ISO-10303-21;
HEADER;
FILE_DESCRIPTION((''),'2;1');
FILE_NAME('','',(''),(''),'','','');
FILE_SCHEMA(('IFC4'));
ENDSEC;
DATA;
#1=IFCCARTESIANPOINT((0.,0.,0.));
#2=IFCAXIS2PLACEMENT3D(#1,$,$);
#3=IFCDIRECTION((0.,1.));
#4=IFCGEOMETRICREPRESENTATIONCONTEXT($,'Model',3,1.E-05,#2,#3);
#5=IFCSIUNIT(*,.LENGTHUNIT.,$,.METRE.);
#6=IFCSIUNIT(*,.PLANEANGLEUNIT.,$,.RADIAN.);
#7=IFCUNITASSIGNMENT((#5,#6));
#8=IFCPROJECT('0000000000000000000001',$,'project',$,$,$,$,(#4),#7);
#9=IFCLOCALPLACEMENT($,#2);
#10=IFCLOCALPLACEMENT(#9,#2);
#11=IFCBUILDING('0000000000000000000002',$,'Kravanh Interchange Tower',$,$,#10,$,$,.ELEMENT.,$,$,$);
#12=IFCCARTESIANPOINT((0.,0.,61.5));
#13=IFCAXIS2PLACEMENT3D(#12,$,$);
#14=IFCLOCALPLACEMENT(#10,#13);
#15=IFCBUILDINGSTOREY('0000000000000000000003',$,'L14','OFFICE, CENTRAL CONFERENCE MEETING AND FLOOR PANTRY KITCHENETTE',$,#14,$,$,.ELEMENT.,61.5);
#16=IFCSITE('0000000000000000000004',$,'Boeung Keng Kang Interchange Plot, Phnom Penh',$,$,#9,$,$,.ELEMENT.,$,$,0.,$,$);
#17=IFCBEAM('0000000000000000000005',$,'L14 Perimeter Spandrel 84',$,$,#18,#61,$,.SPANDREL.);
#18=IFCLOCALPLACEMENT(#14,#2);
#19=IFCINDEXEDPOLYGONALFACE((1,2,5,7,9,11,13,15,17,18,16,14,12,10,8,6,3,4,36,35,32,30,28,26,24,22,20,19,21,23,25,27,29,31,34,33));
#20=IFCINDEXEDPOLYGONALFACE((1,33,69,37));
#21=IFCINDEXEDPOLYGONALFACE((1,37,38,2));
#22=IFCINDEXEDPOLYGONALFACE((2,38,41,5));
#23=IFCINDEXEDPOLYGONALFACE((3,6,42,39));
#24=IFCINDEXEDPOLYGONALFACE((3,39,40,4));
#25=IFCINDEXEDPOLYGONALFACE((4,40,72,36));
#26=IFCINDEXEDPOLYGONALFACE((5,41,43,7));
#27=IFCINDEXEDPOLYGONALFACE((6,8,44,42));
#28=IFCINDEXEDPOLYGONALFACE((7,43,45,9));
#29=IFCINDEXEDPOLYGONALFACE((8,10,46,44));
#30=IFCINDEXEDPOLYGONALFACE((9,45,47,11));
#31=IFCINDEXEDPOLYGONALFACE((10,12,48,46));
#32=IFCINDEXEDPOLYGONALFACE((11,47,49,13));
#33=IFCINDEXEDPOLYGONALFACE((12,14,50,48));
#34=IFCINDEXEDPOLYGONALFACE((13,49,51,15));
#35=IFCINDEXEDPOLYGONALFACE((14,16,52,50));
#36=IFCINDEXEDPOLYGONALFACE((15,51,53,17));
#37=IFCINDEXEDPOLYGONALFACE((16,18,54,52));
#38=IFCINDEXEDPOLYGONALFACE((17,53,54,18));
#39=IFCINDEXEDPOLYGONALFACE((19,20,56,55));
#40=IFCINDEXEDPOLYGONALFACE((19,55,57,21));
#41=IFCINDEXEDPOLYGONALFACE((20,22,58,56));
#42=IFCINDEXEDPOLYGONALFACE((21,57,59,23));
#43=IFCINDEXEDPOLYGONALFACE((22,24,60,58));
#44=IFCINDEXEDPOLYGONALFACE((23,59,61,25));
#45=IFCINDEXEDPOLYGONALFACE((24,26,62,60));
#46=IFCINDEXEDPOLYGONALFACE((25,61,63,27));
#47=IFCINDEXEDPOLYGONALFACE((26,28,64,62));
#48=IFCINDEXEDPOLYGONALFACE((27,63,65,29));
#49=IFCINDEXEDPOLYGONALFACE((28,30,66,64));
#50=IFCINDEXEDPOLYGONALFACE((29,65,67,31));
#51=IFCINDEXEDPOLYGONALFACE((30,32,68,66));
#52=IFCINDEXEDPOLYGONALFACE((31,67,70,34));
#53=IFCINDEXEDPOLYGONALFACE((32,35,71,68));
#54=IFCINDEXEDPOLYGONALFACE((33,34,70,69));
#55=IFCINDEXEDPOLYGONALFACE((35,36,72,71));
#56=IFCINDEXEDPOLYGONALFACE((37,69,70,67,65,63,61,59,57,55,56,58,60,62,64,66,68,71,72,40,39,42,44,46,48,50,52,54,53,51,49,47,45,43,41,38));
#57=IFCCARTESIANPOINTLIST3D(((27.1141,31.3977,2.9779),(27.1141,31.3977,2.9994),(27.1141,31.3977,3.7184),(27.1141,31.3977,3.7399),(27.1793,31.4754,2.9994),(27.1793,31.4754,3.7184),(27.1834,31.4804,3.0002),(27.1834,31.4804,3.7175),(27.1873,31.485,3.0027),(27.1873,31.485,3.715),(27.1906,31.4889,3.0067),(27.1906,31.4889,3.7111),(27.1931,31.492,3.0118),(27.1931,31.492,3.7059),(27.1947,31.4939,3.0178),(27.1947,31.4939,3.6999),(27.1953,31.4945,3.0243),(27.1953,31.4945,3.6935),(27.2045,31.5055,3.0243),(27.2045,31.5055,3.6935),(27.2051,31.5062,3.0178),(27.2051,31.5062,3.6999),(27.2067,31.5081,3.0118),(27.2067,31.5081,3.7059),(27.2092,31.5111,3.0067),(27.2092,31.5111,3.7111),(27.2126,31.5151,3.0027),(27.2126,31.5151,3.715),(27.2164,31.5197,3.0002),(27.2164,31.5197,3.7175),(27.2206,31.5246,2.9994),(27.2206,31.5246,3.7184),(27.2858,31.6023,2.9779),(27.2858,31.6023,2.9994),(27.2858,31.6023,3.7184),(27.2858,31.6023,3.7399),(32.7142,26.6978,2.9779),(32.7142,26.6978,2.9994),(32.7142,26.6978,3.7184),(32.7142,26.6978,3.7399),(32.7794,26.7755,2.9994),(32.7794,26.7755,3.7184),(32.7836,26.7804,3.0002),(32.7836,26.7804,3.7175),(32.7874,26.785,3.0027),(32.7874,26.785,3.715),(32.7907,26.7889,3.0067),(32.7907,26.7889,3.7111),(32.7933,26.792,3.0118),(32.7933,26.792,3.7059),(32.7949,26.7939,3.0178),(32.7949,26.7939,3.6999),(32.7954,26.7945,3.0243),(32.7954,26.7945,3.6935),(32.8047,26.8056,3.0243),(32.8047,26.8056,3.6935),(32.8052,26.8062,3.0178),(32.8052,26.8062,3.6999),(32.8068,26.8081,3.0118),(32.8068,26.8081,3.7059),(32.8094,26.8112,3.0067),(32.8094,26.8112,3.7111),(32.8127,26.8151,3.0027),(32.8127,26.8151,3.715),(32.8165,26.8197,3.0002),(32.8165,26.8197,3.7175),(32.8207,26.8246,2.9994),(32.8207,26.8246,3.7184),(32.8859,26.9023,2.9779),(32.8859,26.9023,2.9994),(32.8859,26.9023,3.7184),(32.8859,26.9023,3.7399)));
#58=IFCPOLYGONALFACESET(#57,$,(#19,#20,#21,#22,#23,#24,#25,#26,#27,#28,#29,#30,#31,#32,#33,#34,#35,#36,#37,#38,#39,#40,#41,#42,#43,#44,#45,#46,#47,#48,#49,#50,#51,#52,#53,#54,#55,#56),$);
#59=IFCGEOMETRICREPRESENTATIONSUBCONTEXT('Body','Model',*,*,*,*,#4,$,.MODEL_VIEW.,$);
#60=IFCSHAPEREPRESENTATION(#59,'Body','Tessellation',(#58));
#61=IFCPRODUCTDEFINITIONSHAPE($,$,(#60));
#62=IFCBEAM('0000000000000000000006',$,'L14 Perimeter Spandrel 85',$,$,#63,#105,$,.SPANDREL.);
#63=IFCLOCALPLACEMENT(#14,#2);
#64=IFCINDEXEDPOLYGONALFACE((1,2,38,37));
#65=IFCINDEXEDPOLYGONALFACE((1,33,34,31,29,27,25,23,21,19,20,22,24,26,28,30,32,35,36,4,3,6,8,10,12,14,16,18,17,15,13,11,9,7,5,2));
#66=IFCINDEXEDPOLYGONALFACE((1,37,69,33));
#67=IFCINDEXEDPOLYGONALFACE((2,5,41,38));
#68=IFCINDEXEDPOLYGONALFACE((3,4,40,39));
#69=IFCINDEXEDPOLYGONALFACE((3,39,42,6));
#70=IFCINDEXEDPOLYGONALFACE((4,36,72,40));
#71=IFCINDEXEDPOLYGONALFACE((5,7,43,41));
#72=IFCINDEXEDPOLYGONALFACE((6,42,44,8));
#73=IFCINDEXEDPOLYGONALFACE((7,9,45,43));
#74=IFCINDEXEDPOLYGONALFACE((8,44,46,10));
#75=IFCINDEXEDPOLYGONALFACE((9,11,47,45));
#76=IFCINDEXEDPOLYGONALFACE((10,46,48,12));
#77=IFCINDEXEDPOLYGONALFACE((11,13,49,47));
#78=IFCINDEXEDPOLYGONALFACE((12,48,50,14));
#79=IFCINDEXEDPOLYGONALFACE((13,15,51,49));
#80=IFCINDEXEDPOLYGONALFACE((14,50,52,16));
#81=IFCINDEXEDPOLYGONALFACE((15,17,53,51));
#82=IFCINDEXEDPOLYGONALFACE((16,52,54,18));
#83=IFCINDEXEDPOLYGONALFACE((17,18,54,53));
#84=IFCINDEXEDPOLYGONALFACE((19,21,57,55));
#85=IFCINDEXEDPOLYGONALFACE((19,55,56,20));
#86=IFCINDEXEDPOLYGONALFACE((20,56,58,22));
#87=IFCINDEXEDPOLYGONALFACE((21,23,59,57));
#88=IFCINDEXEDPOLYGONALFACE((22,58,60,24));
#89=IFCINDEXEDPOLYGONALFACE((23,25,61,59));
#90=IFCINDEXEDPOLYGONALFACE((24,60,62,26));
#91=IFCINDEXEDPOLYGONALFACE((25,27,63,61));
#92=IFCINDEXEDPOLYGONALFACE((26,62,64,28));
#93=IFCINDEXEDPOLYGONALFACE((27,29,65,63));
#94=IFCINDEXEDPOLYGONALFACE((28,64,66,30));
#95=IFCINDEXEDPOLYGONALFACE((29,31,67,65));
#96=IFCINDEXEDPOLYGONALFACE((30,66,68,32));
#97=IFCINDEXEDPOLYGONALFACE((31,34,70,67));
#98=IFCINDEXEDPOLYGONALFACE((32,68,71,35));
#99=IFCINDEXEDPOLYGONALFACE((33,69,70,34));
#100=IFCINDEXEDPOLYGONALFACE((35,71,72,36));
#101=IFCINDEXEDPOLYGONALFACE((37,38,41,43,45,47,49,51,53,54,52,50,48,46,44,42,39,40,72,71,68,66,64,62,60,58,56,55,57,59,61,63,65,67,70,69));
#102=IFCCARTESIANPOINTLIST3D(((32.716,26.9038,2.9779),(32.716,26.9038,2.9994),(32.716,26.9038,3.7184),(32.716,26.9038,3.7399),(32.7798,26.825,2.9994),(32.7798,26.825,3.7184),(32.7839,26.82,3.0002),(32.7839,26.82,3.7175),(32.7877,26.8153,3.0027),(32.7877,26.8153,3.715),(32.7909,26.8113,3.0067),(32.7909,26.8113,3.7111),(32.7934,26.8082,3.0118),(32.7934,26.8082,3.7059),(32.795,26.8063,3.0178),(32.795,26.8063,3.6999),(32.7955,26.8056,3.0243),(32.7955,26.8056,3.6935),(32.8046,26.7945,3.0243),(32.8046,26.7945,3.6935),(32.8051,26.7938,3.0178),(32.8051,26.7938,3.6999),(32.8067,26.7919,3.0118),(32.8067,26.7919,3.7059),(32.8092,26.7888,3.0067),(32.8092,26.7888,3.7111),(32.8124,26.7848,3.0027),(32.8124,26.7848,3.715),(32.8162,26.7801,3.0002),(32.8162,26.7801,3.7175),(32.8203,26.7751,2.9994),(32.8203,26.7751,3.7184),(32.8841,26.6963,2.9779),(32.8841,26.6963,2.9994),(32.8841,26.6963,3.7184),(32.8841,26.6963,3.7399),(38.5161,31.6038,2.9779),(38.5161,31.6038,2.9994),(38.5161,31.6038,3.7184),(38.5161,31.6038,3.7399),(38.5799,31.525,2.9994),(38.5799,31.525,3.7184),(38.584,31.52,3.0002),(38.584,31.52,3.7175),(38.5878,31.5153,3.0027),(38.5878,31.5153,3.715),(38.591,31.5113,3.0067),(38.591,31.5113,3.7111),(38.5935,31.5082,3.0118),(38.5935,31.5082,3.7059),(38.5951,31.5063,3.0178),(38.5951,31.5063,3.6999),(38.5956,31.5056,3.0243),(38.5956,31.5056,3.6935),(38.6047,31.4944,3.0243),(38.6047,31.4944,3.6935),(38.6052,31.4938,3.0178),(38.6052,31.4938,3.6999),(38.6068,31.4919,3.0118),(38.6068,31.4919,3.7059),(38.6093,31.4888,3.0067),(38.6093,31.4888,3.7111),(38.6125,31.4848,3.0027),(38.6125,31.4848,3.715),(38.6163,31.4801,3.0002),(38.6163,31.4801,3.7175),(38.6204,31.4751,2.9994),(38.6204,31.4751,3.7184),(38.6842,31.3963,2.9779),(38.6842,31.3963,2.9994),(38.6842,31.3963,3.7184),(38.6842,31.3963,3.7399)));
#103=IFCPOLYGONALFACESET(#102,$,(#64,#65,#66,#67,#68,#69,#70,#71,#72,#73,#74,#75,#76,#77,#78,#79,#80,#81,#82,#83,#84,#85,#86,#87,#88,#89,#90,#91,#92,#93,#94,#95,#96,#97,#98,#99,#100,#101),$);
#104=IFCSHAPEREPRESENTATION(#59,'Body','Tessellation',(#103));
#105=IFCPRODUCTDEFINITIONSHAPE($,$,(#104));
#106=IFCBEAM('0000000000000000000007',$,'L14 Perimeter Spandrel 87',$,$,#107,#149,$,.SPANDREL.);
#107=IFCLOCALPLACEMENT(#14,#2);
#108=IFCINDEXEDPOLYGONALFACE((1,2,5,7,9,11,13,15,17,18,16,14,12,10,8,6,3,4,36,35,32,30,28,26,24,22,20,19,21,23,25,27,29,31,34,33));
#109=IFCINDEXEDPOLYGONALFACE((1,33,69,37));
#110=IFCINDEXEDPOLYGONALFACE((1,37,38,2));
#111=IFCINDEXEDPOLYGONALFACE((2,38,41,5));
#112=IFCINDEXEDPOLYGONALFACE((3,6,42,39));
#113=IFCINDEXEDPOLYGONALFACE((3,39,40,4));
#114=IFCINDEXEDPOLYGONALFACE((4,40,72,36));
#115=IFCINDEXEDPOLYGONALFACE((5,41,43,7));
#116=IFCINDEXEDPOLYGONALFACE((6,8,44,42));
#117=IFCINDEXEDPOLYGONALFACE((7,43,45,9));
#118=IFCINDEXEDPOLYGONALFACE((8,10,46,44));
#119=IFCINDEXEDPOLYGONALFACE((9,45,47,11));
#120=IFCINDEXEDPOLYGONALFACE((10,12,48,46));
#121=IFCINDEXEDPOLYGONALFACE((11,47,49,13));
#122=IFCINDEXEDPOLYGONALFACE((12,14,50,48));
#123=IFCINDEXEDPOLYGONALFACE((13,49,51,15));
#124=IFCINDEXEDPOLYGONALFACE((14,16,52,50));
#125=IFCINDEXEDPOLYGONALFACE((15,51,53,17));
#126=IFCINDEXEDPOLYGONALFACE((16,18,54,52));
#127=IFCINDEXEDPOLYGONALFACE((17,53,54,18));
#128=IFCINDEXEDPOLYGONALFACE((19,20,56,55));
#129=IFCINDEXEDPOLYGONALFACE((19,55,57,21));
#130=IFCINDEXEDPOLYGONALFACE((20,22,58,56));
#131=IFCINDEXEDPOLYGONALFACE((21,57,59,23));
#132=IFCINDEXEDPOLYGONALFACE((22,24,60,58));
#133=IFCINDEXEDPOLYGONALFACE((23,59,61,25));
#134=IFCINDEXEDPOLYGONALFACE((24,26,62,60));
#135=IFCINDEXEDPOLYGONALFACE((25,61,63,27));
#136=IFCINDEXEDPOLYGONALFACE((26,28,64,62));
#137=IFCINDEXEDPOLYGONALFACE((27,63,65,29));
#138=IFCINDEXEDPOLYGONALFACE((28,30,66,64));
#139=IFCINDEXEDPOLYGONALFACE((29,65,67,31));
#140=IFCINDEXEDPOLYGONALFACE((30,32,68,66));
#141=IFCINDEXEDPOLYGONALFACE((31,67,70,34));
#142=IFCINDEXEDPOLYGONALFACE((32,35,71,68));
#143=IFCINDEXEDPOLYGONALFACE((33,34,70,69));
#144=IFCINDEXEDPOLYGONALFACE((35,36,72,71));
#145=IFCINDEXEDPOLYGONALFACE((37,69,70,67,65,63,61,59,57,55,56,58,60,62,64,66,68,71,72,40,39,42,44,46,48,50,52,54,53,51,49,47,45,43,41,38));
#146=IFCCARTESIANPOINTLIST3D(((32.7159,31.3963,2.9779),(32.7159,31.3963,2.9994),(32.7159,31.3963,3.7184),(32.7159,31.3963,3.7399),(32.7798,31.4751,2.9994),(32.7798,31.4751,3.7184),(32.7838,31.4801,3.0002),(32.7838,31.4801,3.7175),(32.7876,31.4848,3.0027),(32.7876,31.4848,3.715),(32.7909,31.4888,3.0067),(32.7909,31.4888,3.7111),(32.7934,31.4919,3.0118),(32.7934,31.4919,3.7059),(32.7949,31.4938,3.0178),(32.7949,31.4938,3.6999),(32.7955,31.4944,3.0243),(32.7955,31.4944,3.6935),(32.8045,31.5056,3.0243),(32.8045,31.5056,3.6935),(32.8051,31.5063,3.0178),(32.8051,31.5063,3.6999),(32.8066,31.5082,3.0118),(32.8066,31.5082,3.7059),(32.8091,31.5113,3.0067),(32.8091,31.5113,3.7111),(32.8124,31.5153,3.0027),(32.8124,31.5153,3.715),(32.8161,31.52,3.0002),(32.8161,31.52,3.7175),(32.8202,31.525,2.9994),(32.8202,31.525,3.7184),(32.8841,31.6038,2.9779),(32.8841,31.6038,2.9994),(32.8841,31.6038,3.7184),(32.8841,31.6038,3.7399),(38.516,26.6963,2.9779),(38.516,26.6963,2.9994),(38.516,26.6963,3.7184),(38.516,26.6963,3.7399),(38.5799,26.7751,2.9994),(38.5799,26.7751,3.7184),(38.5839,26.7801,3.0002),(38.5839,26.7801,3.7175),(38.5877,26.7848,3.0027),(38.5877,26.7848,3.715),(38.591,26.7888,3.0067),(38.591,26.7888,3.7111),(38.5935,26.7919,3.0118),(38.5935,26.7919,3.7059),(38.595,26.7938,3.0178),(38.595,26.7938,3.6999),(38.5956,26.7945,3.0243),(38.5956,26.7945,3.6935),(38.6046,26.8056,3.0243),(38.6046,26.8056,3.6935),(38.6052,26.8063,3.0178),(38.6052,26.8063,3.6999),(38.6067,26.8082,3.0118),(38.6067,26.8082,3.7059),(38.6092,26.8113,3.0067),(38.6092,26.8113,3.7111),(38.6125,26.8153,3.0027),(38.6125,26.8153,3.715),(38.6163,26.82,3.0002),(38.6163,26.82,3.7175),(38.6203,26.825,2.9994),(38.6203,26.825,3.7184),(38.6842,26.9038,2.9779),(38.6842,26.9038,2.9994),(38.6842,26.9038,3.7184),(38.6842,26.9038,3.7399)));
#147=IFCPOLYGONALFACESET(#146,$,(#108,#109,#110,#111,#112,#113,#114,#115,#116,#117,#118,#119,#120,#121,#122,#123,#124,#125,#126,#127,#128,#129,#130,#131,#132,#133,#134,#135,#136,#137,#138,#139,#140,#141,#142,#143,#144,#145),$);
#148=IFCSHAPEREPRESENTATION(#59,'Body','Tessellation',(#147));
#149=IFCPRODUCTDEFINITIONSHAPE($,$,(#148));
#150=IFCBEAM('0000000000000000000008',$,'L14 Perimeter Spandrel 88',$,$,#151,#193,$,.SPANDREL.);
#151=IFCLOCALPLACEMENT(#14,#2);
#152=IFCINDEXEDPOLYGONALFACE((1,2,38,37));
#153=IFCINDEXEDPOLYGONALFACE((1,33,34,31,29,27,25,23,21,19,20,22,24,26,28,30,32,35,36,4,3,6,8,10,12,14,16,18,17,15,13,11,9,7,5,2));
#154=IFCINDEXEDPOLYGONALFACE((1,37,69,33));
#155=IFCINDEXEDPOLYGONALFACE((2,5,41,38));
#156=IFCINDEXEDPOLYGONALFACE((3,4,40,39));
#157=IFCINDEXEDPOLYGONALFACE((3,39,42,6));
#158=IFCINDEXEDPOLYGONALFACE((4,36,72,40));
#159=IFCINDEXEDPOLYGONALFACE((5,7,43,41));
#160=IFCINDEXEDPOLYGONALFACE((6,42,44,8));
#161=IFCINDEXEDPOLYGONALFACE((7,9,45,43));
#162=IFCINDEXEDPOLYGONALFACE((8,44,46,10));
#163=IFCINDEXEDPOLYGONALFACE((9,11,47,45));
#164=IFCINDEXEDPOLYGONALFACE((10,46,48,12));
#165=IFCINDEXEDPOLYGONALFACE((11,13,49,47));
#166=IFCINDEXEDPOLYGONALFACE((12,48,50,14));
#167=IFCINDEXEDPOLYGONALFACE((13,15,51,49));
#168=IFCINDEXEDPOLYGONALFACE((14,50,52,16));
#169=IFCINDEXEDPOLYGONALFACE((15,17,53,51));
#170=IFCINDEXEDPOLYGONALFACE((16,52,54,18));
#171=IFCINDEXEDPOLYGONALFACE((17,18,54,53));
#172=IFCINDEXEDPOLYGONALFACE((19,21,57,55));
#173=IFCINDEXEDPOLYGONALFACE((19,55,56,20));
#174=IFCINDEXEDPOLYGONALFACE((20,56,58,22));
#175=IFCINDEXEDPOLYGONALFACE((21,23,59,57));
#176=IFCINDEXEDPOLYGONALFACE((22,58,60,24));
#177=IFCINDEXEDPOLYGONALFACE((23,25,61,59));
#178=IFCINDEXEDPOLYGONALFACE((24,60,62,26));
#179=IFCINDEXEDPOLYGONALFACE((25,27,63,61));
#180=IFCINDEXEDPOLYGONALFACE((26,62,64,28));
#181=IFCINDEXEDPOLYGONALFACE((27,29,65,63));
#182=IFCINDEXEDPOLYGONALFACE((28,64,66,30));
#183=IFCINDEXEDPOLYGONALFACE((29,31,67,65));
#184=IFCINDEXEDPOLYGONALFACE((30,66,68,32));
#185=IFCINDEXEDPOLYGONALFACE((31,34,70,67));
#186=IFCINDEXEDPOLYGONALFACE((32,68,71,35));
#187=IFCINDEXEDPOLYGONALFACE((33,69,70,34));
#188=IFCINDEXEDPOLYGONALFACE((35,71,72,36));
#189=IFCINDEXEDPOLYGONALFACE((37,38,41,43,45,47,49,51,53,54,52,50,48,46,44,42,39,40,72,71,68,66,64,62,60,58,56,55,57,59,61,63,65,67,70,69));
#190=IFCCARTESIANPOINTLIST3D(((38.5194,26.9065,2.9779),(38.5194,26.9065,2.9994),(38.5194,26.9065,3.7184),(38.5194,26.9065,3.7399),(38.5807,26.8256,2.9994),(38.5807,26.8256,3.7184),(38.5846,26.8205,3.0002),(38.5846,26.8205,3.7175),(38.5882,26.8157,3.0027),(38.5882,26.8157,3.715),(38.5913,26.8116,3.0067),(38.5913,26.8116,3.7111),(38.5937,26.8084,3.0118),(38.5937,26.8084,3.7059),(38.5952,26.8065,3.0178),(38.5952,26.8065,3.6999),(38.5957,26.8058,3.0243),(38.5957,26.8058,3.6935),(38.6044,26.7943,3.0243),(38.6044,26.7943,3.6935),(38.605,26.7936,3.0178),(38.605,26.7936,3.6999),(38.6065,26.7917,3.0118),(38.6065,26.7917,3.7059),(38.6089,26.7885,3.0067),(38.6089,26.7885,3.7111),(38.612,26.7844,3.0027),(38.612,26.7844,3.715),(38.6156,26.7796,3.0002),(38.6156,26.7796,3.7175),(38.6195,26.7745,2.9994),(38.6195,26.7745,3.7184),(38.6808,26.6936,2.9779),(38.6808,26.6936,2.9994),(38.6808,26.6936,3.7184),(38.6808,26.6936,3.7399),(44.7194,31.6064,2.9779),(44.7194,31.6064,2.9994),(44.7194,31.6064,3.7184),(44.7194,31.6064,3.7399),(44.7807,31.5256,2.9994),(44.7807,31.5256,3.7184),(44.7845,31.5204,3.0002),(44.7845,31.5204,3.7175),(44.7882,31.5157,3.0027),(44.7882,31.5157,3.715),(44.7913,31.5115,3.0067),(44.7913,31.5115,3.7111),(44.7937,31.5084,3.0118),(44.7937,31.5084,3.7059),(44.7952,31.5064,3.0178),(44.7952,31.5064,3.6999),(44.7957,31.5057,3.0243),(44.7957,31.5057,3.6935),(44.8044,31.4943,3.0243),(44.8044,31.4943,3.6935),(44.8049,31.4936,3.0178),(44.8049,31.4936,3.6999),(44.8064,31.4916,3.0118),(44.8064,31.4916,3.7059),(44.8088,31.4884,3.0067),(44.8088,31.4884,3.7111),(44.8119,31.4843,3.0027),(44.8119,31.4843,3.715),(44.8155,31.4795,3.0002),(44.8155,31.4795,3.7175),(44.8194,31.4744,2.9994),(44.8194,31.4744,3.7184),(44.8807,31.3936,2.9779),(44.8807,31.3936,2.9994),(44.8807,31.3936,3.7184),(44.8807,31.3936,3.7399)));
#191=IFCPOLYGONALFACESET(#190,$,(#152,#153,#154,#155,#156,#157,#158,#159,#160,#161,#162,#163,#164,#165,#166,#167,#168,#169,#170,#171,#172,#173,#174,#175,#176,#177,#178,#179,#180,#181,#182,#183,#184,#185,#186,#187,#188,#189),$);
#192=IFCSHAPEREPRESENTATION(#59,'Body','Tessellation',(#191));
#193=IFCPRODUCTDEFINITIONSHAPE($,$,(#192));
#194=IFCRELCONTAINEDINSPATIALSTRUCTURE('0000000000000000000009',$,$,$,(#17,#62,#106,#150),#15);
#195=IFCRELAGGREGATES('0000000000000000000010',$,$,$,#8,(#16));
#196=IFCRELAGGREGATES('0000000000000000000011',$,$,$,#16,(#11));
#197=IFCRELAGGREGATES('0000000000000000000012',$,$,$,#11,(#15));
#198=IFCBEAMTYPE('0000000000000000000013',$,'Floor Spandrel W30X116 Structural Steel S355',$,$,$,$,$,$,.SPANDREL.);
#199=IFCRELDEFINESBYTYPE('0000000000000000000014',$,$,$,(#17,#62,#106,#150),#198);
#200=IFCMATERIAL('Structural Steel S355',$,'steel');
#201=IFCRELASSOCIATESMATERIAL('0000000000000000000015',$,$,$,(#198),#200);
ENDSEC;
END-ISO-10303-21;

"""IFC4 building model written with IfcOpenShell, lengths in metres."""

from ifc_helpers import new_model, si_unit, direction, frame, origin, origin_2d, place, context, subcontext, project, spatial, i_section, extrude, material, material_profile, profile_set, type_object, element, save


model = new_model("IFC4")

# Units and contexts
model_context = context("Model", 3, precision=1e-05, world=origin(), true_north=direction((0.0, 1.0)))
body_context = subcontext(model_context, "Body", "Model", "MODEL_VIEW")
ifc_project = project(units=[si_unit("LENGTHUNIT", "METRE"), si_unit("PLANEANGLEUNIT", "RADIAN")], contexts=[model_context])

# Site, building, storey
site_placement = place(None, origin())
site = spatial("IfcSite", under=ifc_project, at=site_placement, Name="Boeung Keng Kang Interchange Plot, Phnom Penh", CompositionType="ELEMENT", RefElevation=0.0)
building_placement = place(site_placement, origin())
building = spatial("IfcBuilding", under=site, at=building_placement, Name="Kravanh Interchange Tower", CompositionType="ELEMENT")
storey_placement = place(building_placement, frame((0.0, 0.0, 61.5)))
storey = spatial("IfcBuildingStorey", under=building, at=storey_placement, Name="L14", Description="OFFICE, CENTRAL CONFERENCE MEETING AND FLOOR PANTRY KITCHENETTE", CompositionType="ELEMENT", Elevation=61.5)

# Beams
ifc_material_1 = material(Name="Structural Steel S355", Category="steel")
ifc_material_profile_1 = material_profile(ifc_material_1, i_section(OverallWidth=0.2671, OverallDepth=0.762, WebThickness=0.0144, FlangeThickness=0.0215, FilletRadius=0.0249, at=origin_2d()), Name="W30X116")
ifc_profile_set_1 = profile_set([ifc_material_profile_1], Name="Structural Steel S355")
beam_type_1 = type_object("IfcBeamType", Name="Floor Spandrel W30X116 Structural Steel S355", PredefinedType="SPANDREL", material=ifc_profile_set_1)
beam_1_placement = place(storey_placement, frame((32.8, 26.8, 3.3589), z_axis=(-0.765983, 0.642861, 0.0), x_axis=(-0.642861, -0.765983, 0.0)))
element("IfcBeam", 1, at=beam_1_placement, inside=storey, type_object=beam_type_1, Name="L14 Perimeter Spandrel 84", PredefinedType="SPANDREL", context=body_context, shape_type="SweptSolid", body=[
    extrude(i_section(OverallWidth=0.2671, OverallDepth=0.762, WebThickness=0.0144, FlangeThickness=0.0215, FilletRadius=0.0249, at=origin_2d()), origin(), (0.0, 0.0, 1.0), 7.311),
])
for number, where, z_axis, x_axis, name in (
    (2, (32.8, 26.8, 3.3589), (0.776939, 0.629576, 0.0), (-0.629576, 0.776939, 0.0), "L14 Perimeter Spandrel 85"),
    (3, (38.6001, 26.8, 3.3589), (-0.776939, 0.629576, 0.0), (-0.629576, -0.776939, 0.0), "L14 Perimeter Spandrel 87"),
):
    element("IfcBeam", number, at=place(storey_placement, frame(where, z_axis=z_axis, x_axis=x_axis)), inside=storey, type_object=beam_type_1, Name=name, PredefinedType="SPANDREL", context=body_context, shape_type="SweptSolid", body=[
        extrude(i_section(OverallWidth=0.2671, OverallDepth=0.762, WebThickness=0.0144, FlangeThickness=0.0215, FilletRadius=0.0249, at=origin_2d()), origin(), (0.0, 0.0, 1.0), 7.4653),
    ])
beam_2_placement = place(storey_placement, frame((38.6001, 26.8, 3.3589), z_axis=(0.796905, 0.604104, 0.0), x_axis=(-0.604104, 0.796905, 0.0)))
element("IfcBeam", 4, at=beam_2_placement, inside=storey, type_object=beam_type_1, Name="L14 Perimeter Spandrel 88", PredefinedType="SPANDREL", context=body_context, shape_type="SweptSolid", body=[
    extrude(i_section(OverallWidth=0.2671, OverallDepth=0.762, WebThickness=0.0144, FlangeThickness=0.0215, FilletRadius=0.0249, at=origin_2d()), origin(), (0.0, 0.0, 1.0), 7.78),
])

save(model, "model.ifc")
